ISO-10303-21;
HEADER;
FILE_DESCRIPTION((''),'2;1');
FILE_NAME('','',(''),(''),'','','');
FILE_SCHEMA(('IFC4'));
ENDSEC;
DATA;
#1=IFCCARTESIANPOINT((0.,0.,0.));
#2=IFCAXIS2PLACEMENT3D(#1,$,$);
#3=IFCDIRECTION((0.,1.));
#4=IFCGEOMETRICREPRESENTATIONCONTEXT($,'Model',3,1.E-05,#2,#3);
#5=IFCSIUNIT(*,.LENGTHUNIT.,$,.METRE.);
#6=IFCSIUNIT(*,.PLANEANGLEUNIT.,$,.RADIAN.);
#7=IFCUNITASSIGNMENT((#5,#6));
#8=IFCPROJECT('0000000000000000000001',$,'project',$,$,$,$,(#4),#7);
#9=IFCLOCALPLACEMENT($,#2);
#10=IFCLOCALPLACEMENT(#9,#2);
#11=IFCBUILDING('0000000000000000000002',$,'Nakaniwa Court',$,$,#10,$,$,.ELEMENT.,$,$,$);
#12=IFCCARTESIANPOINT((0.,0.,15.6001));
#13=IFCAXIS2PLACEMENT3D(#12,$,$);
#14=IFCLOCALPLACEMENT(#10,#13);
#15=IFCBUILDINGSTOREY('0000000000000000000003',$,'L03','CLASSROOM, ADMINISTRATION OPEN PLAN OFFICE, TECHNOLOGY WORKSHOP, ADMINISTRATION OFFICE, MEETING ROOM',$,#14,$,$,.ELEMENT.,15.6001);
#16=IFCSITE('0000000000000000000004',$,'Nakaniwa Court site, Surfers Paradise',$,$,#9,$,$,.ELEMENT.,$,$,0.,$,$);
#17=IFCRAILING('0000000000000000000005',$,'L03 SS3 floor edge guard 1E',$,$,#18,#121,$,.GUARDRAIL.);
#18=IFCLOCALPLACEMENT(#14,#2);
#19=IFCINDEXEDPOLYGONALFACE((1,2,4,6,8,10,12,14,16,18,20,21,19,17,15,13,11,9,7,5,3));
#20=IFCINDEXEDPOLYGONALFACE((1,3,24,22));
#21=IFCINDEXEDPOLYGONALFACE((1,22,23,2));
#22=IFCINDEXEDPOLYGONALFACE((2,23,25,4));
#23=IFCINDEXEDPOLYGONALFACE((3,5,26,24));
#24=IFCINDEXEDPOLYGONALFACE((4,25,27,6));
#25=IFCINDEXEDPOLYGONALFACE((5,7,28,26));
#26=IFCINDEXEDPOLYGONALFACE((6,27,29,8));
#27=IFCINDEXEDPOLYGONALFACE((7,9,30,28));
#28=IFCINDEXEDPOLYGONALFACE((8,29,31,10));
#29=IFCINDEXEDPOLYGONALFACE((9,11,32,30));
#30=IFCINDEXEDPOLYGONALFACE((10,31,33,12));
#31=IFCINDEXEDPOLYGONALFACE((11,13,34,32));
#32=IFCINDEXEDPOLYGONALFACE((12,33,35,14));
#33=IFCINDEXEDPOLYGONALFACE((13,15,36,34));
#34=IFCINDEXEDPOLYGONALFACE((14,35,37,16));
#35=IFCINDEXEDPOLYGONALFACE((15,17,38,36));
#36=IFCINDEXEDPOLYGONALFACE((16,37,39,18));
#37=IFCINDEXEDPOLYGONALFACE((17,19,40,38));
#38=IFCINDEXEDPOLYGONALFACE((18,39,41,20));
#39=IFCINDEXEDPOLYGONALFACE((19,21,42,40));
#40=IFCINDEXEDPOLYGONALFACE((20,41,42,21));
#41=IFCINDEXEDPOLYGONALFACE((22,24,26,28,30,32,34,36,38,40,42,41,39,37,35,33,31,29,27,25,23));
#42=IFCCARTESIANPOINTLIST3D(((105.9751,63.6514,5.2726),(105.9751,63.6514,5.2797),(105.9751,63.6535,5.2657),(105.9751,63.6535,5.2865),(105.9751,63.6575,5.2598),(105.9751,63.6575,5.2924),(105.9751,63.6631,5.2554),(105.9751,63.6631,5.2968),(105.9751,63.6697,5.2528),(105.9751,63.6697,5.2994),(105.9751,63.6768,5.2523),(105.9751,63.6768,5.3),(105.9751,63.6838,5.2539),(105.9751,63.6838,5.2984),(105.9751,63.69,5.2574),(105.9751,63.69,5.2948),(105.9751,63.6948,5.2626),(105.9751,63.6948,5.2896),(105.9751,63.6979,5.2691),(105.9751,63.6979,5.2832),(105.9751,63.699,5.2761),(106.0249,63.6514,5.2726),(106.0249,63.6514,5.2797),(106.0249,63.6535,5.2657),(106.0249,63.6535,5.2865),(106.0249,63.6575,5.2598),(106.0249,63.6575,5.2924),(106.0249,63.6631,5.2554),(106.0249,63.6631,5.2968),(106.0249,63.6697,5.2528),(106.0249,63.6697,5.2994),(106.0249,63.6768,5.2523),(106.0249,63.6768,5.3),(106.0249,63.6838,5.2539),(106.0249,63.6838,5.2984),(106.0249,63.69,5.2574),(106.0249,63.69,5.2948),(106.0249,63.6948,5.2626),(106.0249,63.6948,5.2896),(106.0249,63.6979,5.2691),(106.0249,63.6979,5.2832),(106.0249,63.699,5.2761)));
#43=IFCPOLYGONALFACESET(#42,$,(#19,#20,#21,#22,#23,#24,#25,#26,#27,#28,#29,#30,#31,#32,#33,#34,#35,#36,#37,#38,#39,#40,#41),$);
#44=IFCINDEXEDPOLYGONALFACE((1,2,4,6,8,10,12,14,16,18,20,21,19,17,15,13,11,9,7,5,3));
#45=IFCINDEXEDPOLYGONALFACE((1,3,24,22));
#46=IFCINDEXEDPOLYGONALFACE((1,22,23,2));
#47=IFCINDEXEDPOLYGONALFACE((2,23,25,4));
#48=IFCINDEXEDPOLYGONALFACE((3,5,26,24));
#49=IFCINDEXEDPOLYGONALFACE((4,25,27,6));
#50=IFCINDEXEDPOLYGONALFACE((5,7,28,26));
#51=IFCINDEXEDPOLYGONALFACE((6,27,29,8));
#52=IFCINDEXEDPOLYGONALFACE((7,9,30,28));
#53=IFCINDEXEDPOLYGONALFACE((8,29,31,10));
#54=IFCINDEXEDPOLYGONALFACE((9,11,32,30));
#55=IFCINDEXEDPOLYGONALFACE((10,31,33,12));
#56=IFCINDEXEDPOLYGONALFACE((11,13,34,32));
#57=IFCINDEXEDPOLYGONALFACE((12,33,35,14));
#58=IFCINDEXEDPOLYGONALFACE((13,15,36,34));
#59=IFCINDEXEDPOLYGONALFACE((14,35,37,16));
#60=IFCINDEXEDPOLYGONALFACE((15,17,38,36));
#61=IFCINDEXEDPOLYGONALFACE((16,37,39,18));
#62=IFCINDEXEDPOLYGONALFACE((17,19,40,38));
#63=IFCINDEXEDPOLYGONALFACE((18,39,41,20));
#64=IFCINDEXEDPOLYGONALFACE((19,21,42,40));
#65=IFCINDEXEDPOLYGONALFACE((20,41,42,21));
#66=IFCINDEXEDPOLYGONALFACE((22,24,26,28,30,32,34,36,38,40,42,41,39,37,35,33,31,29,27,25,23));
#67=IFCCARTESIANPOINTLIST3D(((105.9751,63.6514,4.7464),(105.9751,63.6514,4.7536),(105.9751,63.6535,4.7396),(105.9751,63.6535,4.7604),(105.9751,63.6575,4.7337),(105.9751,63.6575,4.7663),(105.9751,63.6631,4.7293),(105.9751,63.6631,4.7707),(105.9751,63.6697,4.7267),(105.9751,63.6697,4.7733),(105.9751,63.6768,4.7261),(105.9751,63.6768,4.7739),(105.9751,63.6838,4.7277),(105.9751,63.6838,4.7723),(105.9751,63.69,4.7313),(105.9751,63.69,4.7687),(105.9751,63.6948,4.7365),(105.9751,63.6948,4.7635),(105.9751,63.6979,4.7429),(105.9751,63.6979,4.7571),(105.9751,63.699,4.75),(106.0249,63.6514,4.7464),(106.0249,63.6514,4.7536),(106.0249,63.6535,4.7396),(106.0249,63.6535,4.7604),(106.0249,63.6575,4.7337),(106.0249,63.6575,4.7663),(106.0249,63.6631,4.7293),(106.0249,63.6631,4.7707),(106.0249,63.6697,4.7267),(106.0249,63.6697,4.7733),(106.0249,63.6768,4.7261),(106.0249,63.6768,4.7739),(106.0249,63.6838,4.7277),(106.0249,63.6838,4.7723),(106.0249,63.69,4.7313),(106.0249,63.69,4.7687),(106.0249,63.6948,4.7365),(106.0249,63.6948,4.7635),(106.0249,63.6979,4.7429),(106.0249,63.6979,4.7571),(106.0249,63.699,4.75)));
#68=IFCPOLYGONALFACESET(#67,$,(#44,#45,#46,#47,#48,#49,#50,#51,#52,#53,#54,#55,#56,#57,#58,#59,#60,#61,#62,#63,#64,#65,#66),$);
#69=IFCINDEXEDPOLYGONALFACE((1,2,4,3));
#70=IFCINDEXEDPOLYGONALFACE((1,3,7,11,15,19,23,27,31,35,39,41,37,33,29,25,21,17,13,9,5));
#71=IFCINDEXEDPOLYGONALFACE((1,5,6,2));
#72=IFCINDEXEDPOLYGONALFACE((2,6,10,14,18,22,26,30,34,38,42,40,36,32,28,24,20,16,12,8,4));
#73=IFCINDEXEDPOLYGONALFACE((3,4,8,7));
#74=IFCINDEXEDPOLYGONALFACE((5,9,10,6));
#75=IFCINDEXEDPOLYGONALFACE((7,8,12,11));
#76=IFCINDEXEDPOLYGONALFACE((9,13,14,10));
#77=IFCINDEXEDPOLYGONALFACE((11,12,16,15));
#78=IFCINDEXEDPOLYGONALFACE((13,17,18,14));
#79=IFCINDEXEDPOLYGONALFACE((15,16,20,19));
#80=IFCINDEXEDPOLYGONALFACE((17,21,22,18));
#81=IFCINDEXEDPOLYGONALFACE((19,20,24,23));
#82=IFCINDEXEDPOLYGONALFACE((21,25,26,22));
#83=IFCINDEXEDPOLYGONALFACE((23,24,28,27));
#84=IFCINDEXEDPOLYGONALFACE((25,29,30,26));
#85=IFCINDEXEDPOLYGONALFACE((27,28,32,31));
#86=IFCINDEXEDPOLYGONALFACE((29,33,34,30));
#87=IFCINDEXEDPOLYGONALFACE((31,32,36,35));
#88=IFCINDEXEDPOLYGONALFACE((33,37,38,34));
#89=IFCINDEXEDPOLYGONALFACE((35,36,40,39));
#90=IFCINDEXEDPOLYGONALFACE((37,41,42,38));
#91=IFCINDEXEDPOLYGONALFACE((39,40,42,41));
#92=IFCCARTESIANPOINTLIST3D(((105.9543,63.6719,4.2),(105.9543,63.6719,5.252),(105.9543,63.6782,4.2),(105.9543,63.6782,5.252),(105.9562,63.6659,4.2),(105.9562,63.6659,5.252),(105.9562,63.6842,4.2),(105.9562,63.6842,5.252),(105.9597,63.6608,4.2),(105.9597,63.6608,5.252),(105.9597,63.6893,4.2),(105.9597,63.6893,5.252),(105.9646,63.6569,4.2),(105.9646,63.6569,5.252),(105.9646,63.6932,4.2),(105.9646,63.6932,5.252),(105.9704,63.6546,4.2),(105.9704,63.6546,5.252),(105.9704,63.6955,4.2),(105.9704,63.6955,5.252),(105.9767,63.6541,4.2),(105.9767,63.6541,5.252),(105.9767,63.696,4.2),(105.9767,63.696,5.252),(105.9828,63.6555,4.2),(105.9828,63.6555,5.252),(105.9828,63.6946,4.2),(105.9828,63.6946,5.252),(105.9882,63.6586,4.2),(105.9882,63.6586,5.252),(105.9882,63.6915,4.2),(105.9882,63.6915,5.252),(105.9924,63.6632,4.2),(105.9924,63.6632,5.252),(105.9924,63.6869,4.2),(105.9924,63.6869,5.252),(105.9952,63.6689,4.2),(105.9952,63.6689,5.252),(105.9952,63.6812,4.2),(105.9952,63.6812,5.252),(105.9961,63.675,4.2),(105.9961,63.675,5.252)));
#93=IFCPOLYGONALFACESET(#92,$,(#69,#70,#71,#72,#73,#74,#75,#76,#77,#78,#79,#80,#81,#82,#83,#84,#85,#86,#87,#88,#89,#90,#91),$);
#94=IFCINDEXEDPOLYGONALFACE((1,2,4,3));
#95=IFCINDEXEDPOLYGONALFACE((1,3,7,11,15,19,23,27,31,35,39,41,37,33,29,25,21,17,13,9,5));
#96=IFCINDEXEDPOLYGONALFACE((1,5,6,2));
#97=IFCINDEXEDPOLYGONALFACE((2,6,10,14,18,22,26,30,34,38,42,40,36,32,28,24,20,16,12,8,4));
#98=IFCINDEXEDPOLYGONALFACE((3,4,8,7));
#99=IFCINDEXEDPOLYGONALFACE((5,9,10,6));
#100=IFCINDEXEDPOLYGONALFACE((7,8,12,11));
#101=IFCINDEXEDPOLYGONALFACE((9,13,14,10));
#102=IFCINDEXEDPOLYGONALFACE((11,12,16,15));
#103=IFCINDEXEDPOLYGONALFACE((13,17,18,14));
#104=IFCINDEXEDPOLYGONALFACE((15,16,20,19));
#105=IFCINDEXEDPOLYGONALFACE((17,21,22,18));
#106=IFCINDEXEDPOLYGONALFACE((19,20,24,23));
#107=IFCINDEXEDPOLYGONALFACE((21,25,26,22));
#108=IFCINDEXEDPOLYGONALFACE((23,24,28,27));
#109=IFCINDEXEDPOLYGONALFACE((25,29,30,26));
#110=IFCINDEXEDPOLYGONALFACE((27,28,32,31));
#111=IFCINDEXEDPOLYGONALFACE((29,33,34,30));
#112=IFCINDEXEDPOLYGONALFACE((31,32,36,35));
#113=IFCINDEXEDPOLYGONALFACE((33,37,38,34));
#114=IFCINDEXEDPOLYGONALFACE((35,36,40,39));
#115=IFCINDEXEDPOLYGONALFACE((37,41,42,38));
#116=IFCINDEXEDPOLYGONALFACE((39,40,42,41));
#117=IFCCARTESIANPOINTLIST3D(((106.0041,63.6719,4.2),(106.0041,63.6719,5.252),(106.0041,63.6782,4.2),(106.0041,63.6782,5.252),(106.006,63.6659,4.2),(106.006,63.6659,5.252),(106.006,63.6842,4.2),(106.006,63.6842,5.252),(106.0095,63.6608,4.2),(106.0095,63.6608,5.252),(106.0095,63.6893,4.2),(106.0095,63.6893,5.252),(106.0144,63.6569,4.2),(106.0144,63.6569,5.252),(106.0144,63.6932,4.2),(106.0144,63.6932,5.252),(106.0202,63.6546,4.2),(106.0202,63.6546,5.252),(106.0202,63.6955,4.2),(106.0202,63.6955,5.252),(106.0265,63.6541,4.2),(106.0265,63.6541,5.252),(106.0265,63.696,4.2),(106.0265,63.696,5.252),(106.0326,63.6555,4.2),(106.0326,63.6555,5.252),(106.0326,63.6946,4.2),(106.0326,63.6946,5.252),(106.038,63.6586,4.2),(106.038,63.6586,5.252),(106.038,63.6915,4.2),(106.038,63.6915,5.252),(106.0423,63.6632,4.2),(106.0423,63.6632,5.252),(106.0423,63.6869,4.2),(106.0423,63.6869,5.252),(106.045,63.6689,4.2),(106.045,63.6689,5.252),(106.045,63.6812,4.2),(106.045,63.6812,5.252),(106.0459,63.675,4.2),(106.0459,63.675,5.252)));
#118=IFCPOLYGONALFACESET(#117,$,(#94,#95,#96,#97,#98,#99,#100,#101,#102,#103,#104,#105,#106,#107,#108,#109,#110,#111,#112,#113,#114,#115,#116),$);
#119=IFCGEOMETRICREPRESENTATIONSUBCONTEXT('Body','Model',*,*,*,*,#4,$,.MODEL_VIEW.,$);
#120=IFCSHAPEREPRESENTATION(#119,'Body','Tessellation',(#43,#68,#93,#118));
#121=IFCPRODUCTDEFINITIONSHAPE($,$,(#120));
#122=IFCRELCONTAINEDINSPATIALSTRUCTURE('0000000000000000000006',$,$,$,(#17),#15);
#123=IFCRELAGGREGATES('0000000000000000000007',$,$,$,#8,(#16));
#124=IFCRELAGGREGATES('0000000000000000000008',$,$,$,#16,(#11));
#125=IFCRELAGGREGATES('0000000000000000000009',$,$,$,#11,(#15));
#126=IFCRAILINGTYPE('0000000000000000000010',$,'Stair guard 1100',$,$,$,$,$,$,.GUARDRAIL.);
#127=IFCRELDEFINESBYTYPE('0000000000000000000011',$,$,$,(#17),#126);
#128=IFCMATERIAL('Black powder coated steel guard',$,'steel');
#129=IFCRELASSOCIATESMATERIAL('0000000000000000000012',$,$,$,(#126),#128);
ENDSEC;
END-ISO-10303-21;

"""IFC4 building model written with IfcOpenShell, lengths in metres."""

from ifc_helpers import new_model, si_unit, direction, frame, origin, origin_2d, place, context, subcontext, project, spatial, circle, extrude, material, type_object, element, save


model = new_model("IFC4")

# Units and contexts
model_context = context("Model", 3, precision=1e-05, world=origin(), true_north=direction((0.0, 1.0)))
body_context = subcontext(model_context, "Body", "Model", "MODEL_VIEW")
ifc_project = project(units=[si_unit("LENGTHUNIT", "METRE"), si_unit("PLANEANGLEUNIT", "RADIAN")], contexts=[model_context])

# Site, building, storey
site_placement = place(None, origin())
site = spatial("IfcSite", under=ifc_project, at=site_placement, Name="Nakaniwa Court site, Surfers Paradise", CompositionType="ELEMENT", RefElevation=0.0)
building_placement = place(site_placement, origin())
building = spatial("IfcBuilding", under=site, at=building_placement, Name="Nakaniwa Court", CompositionType="ELEMENT")
storey_placement = place(building_placement, frame((0.0, 0.0, 15.6001)))
storey = spatial("IfcBuildingStorey", under=building, at=storey_placement, Name="L03", Description="CLASSROOM, ADMINISTRATION OPEN PLAN OFFICE, TECHNOLOGY WORKSHOP, ADMINISTRATION OFFICE, MEETING ROOM", CompositionType="ELEMENT", Elevation=15.6001)

# Railing
ifc_material_1 = material(Name="Black powder coated steel guard", Category="steel")
railing_type_1 = type_object("IfcRailingType", Name="Stair guard 1100", PredefinedType="GUARDRAIL", material=ifc_material_1)
for number, where, name in (
    (1, (105.9751, 63.675, 4.2), "L03 SS3 floor edge guard 1E"),
):
    element("IfcRailing", number, at=place(storey_placement, frame(where)), inside=storey, type_object=railing_type_1, Name=name, PredefinedType="GUARDRAIL", context=body_context, shape_type="SweptSolid", body=[
        extrude(circle(Radius=0.0239, at=origin_2d()), frame((0.0, 0.0, 1.0762), z_axis=(1.0, 0.0, 0.0), x_axis=(0.0, 1.0, 0.0)), (0.0, 0.0, 1.0), 0.0498),
        extrude(circle(Radius=0.0239, at=origin_2d()), frame((0.0, 0.0, 0.55), z_axis=(1.0, 0.0, 0.0), x_axis=(0.0, 1.0, 0.0)), (0.0, 0.0, 1.0), 0.0498),
        extrude(circle(Radius=0.021, at=origin_2d()), origin(), (0.0, 0.0, 1.0), 1.052),
        extrude(circle(Radius=0.021, at=origin_2d()), frame((0.0498, 0.0, 0.0)), (0.0, 0.0, 1.0), 1.052),
    ])

save(model, "model.ifc")
